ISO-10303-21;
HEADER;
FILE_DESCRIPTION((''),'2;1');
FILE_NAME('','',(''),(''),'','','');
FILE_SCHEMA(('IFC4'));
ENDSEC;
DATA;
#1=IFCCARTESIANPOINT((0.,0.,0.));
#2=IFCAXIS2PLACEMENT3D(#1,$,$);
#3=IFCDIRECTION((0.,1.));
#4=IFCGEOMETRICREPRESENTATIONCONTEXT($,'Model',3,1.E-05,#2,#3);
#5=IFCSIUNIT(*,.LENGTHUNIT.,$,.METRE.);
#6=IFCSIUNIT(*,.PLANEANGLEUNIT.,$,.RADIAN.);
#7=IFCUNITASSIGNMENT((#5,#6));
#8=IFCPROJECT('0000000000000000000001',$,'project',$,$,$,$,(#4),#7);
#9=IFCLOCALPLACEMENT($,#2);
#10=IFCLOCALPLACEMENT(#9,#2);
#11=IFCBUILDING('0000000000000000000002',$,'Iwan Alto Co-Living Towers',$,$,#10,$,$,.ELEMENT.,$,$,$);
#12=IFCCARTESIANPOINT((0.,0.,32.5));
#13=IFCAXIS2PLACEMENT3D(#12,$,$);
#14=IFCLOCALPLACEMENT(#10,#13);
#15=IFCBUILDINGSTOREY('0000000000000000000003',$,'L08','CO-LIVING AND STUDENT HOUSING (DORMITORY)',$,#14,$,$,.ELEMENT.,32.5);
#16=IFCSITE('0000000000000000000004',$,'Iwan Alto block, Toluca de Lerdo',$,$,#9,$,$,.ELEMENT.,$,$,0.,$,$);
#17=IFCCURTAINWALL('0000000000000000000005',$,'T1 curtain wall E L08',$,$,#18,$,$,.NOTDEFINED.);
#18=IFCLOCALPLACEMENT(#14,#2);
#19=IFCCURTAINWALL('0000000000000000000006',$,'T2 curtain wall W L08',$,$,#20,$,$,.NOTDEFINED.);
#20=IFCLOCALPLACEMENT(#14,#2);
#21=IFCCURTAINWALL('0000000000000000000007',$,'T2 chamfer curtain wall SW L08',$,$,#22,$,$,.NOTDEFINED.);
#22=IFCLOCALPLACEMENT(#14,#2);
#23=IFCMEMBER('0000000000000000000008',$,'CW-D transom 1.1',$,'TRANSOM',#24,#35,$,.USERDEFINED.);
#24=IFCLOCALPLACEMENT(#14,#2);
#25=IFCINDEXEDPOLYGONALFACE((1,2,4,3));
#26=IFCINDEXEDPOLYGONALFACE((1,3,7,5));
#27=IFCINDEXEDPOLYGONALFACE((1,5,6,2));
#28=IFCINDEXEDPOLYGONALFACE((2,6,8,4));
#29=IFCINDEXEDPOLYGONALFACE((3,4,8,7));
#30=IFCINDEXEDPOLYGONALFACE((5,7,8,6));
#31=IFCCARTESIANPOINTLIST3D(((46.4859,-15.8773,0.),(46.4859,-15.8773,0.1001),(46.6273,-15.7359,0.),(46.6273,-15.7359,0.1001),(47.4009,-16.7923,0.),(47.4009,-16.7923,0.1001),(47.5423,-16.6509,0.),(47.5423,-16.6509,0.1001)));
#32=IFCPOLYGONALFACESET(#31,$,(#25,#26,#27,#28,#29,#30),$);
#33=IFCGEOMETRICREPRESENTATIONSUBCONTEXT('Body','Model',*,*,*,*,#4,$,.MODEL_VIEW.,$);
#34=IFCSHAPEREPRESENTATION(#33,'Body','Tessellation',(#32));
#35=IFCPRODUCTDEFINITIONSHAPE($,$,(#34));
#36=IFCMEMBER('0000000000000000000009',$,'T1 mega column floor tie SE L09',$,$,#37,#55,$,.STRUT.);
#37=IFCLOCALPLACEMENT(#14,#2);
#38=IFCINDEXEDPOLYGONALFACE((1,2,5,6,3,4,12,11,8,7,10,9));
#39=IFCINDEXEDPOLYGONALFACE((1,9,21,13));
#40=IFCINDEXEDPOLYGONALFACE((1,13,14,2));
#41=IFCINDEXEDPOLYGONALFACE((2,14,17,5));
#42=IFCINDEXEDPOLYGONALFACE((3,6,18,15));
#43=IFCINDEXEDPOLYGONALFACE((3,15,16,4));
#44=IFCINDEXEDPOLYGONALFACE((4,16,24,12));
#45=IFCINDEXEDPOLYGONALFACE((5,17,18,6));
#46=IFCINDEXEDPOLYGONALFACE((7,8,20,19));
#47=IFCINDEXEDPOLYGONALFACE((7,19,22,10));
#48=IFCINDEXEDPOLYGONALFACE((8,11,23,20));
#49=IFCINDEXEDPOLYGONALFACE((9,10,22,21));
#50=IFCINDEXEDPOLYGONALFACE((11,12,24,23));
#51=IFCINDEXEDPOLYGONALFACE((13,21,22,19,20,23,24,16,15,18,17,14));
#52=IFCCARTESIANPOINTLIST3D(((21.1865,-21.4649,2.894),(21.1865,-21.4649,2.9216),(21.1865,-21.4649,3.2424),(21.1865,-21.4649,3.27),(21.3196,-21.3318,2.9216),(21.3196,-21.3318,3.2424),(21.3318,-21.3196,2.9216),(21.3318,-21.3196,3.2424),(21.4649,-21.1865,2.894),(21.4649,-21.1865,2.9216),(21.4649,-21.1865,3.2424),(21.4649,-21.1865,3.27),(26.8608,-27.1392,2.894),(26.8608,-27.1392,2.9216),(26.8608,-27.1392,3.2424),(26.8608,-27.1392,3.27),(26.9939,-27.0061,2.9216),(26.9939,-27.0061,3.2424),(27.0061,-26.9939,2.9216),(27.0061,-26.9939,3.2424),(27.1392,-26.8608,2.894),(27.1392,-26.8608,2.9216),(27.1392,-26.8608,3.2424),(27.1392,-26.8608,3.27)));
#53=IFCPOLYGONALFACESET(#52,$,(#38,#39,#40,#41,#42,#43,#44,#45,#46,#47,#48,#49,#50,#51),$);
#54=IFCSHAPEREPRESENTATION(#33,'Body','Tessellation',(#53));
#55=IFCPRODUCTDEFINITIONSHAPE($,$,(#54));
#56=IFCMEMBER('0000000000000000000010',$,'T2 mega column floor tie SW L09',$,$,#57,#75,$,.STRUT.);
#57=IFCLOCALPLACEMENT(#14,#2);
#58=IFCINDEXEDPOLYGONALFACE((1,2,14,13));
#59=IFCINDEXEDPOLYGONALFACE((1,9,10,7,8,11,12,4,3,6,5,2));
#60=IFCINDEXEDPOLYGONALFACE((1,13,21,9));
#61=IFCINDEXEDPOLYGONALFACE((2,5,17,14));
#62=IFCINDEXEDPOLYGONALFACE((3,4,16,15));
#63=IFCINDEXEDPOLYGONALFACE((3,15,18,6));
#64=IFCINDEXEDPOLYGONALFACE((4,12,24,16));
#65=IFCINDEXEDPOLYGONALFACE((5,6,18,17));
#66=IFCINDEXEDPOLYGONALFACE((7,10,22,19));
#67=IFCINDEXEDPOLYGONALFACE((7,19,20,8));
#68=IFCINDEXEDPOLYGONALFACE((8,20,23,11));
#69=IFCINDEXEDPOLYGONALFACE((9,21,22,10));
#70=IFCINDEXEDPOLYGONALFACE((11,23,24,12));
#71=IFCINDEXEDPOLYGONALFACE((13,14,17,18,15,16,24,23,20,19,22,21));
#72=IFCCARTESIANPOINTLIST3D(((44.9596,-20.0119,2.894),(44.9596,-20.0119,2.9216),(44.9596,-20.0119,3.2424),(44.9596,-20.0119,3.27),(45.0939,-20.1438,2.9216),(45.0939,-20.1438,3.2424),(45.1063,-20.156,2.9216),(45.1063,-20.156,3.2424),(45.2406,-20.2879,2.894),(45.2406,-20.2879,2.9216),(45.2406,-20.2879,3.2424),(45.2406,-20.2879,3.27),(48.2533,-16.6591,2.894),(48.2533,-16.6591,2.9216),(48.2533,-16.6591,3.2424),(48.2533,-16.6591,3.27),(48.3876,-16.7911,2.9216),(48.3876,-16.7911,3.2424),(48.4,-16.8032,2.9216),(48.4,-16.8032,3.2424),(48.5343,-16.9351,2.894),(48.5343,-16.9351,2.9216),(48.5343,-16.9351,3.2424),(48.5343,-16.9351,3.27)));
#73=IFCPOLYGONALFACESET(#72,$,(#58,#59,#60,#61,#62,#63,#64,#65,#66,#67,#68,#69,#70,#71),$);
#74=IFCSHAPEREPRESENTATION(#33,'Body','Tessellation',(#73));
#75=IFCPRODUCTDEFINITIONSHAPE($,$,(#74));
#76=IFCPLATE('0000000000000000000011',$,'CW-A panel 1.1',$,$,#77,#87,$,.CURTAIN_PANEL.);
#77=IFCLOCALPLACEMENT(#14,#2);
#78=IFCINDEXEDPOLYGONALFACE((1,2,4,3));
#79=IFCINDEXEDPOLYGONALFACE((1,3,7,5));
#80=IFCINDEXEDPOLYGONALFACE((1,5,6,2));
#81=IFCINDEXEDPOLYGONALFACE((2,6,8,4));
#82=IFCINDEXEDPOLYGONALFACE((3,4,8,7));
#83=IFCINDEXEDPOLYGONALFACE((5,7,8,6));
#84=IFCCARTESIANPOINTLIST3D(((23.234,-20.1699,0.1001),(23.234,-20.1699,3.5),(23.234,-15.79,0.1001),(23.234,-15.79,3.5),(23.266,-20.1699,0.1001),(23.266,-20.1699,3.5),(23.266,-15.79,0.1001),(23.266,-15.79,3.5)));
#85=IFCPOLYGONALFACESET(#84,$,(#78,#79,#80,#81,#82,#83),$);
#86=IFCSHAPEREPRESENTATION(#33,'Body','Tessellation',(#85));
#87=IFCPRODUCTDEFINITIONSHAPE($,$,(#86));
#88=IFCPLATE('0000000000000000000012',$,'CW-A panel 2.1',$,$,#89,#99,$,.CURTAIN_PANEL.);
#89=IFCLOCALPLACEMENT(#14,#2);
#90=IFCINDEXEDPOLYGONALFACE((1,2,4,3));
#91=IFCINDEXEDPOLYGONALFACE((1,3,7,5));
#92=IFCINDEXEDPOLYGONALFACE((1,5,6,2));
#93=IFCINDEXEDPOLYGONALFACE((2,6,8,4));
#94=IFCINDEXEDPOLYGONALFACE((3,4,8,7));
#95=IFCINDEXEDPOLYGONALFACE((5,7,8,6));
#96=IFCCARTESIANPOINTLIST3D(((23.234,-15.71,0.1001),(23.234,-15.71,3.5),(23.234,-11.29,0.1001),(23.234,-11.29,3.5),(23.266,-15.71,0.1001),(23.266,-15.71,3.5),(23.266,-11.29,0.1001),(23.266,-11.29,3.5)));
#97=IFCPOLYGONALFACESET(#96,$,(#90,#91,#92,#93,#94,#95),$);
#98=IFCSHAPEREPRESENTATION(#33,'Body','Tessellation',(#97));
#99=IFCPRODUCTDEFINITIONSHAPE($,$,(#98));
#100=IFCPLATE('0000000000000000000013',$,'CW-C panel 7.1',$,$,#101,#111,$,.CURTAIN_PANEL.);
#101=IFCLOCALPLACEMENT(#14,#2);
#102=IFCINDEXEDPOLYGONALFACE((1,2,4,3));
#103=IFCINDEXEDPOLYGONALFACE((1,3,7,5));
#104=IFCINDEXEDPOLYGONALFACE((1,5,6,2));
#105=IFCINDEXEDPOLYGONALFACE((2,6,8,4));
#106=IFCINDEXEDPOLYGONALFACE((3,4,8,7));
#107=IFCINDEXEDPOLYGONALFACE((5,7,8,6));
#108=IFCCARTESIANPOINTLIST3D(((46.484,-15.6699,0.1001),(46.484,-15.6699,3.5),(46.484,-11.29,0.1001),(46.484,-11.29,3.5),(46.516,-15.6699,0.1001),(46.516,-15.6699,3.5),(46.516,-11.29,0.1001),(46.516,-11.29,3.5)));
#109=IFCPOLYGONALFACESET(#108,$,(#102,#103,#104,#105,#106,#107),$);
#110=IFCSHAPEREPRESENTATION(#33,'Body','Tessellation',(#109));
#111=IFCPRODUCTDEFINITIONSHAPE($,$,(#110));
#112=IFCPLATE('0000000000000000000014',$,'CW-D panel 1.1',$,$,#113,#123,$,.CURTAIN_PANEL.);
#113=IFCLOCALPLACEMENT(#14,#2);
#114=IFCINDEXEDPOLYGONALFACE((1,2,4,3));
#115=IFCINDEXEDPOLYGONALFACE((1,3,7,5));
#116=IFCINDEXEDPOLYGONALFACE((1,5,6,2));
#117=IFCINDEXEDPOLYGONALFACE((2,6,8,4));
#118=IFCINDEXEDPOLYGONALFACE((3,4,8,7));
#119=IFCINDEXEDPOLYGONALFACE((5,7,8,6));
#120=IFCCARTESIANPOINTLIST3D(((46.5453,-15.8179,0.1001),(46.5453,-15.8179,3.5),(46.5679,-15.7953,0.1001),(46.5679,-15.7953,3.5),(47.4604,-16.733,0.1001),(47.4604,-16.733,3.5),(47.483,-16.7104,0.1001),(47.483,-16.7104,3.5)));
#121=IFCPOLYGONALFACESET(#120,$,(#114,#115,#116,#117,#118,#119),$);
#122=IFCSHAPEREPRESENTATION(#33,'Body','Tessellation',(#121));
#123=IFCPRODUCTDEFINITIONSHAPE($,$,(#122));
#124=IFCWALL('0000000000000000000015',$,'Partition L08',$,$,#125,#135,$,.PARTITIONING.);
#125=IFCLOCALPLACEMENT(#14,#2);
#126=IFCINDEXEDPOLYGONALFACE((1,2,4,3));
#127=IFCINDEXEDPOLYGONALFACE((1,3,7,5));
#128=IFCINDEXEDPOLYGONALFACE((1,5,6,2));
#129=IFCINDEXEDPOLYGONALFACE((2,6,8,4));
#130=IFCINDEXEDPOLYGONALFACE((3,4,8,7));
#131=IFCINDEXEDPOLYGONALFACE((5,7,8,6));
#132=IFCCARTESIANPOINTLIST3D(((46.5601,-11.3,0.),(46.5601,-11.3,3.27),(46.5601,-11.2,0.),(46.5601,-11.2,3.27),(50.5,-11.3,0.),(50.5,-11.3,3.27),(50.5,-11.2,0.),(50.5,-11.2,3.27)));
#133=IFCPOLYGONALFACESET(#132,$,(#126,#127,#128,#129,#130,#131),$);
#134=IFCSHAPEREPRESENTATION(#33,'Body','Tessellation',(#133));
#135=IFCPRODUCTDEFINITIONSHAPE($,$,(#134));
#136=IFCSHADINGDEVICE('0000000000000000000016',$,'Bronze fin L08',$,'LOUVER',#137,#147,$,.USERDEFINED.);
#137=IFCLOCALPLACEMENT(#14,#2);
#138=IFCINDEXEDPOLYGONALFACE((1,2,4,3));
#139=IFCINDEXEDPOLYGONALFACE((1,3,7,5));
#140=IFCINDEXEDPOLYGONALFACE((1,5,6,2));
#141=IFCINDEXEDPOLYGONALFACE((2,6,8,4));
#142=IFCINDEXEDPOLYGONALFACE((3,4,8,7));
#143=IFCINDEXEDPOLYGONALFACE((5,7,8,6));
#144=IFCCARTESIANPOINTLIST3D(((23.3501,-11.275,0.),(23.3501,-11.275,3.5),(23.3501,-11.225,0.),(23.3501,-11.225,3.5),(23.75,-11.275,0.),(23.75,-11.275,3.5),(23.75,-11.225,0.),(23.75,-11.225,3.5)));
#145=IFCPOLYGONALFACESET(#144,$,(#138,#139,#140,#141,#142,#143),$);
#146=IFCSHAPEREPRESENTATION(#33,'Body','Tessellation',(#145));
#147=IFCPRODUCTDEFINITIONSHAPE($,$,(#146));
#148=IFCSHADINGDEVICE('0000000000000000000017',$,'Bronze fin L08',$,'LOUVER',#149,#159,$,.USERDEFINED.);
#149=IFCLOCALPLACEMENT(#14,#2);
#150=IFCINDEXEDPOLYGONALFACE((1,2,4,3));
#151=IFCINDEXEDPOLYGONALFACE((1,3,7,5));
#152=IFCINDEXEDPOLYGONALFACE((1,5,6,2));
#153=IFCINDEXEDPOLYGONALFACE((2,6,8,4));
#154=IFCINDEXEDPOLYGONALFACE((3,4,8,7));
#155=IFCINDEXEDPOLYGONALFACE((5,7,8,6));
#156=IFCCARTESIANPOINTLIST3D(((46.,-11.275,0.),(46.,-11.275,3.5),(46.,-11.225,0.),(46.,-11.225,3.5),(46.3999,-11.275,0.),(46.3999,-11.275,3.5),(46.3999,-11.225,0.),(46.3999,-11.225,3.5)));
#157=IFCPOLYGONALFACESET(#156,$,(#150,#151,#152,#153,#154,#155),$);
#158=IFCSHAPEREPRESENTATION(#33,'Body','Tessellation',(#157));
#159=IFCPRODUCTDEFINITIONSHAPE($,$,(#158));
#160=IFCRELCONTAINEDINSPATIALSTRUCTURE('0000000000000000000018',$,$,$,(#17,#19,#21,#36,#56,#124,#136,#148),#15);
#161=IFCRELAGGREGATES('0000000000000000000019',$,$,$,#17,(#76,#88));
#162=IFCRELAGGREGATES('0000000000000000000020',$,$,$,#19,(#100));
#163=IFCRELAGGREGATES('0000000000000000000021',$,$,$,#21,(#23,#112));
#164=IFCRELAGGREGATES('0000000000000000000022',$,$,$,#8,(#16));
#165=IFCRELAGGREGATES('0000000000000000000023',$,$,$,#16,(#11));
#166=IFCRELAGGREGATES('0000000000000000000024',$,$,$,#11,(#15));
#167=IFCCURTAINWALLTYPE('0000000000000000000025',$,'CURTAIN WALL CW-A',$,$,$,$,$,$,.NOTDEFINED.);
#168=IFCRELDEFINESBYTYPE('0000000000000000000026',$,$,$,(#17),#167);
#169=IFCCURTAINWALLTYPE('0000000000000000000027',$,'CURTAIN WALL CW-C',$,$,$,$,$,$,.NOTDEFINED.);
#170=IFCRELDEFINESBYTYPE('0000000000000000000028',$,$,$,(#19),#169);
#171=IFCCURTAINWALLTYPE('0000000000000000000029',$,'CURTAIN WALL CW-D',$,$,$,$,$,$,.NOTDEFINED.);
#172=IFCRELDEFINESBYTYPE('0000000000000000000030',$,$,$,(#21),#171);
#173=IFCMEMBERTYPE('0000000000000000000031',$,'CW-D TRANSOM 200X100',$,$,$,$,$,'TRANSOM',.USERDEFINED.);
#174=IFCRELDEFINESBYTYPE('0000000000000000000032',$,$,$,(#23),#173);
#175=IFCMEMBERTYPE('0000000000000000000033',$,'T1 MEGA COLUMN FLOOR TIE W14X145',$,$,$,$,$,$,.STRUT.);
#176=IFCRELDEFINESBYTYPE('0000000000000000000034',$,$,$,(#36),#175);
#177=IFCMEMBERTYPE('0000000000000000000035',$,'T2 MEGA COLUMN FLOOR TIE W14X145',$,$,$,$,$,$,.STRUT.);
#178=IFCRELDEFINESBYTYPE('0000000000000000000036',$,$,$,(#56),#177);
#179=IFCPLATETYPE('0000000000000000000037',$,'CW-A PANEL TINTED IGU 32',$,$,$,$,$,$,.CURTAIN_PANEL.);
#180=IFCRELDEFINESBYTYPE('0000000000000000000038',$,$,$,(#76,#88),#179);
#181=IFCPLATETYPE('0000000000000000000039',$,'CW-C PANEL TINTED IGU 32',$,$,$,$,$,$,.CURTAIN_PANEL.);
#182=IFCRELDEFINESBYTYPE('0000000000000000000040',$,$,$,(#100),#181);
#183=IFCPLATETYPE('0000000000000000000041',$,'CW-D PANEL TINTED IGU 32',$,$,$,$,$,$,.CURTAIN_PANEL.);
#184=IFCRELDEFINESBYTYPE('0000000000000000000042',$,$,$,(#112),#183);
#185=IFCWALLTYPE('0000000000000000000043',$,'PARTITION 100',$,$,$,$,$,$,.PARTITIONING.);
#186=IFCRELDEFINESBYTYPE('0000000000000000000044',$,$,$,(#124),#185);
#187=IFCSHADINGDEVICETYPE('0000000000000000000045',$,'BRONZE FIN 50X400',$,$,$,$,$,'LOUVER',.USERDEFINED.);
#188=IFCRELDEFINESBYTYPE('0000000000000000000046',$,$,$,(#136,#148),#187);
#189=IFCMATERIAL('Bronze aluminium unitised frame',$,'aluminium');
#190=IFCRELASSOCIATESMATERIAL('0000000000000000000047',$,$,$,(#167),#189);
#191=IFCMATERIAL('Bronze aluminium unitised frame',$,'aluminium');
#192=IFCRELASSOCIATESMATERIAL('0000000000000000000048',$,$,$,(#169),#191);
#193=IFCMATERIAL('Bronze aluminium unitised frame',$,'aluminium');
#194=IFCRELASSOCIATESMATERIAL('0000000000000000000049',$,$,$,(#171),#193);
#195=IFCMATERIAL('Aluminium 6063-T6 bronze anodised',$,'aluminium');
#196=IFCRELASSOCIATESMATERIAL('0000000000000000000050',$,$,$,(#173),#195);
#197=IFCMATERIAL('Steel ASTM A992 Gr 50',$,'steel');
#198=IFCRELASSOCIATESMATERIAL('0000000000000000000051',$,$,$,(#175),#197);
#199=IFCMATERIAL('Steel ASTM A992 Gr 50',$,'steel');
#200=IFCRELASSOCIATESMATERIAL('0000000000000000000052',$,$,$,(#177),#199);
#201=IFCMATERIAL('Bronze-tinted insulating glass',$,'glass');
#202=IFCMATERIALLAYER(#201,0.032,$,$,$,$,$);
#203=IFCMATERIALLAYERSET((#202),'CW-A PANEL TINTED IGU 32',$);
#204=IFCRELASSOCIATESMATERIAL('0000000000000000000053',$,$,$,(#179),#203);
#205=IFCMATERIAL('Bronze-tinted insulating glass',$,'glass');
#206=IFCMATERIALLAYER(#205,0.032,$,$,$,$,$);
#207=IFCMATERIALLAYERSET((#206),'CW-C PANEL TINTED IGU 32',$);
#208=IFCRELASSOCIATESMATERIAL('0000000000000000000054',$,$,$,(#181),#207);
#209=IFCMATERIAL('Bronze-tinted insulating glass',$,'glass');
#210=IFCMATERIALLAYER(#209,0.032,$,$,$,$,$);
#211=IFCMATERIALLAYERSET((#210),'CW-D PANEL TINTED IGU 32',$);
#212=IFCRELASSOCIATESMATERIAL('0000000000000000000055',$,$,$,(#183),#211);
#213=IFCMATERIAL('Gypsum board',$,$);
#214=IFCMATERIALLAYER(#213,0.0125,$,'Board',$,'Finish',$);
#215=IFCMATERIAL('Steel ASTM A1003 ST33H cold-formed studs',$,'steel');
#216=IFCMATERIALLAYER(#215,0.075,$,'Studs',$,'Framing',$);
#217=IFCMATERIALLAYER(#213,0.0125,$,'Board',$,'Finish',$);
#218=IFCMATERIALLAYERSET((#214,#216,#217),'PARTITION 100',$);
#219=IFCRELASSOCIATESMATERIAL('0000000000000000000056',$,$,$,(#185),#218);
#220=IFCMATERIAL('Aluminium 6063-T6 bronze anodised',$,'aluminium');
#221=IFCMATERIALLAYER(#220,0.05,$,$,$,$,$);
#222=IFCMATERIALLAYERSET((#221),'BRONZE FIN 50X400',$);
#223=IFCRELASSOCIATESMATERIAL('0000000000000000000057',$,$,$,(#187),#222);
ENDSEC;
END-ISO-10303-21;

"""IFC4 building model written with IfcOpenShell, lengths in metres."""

from ifc_helpers import new_model, si_unit, direction, frame, frame_2d, origin, origin_2d, place, context, subcontext, project, spatial, rectangle, i_section, extrude, material, layer, layer_set, material_profile, profile_set, type_object, element, aggregate, save


model = new_model("IFC4")

# Units and contexts
model_context = context("Model", 3, precision=1e-05, world=origin(), true_north=direction((0.0, 1.0)))
body_context = subcontext(model_context, "Body", "Model", "MODEL_VIEW")
ifc_project = project(units=[si_unit("LENGTHUNIT", "METRE"), si_unit("PLANEANGLEUNIT", "RADIAN")], contexts=[model_context])

# Site, building, storey
site_placement = place(None, origin())
site = spatial("IfcSite", under=ifc_project, at=site_placement, Name="Iwan Alto block, Toluca de Lerdo", CompositionType="ELEMENT", RefElevation=0.0)
building_placement = place(site_placement, origin())
building = spatial("IfcBuilding", under=site, at=building_placement, Name="Iwan Alto Co-Living Towers", CompositionType="ELEMENT")
storey_placement = place(building_placement, frame((0.0, 0.0, 32.5)))
storey = spatial("IfcBuildingStorey", under=building, at=storey_placement, Name="L08", Description="CO-LIVING AND STUDENT HOUSING (DORMITORY)", CompositionType="ELEMENT", Elevation=32.5)

# Curtain walls, member
ifc_material_1 = material(Name="Bronze aluminium unitised frame", Category="aluminium")
curtain_wall_type_1 = type_object("IfcCurtainWallType", Name="CURTAIN WALL CW-A", PredefinedType="NOTDEFINED", material=ifc_material_1)
curtain_wall_1_placement = place(storey_placement, origin())
curtain_wall_1 = element("IfcCurtainWall", 1, at=curtain_wall_1_placement, inside=storey, type_object=curtain_wall_type_1, Name="T1 curtain wall E L08", PredefinedType="NOTDEFINED")
ifc_material_2 = material(Name="Bronze aluminium unitised frame", Category="aluminium")
curtain_wall_type_2 = type_object("IfcCurtainWallType", Name="CURTAIN WALL CW-C", PredefinedType="NOTDEFINED", material=ifc_material_2)
curtain_wall_2_placement = place(storey_placement, origin())
curtain_wall_2 = element("IfcCurtainWall", 2, at=curtain_wall_2_placement, inside=storey, type_object=curtain_wall_type_2, Name="T2 curtain wall W L08", PredefinedType="NOTDEFINED")
ifc_material_3 = material(Name="Bronze aluminium unitised frame", Category="aluminium")
curtain_wall_type_3 = type_object("IfcCurtainWallType", Name="CURTAIN WALL CW-D", PredefinedType="NOTDEFINED", material=ifc_material_3)
curtain_wall_3_placement = place(storey_placement, origin())
curtain_wall_3 = element("IfcCurtainWall", 3, at=curtain_wall_3_placement, inside=storey, type_object=curtain_wall_type_3, Name="T2 chamfer curtain wall SW L08", PredefinedType="NOTDEFINED")
ifc_material_4 = material(Name="Aluminium 6063-T6 bronze anodised", Category="aluminium")
ifc_material_profile_1 = material_profile(ifc_material_4, rectangle(XDim=0.2, YDim=0.1001, at=origin_2d()), Name="AL 200X100")
ifc_profile_set_1 = profile_set([ifc_material_profile_1], Name="Aluminium 6063-T6 bronze anodised")
member_type_1 = type_object("IfcMemberType", Name="CW-D TRANSOM 200X100", ElementType="TRANSOM", PredefinedType="USERDEFINED", material=ifc_profile_set_1)
member_1_placement = place(storey_placement, frame((46.5566, -15.8066, 0.05), z_axis=(0.707107, -0.707107, 0.0), x_axis=(0.707107, 0.707107, 0.0)))
member_1 = element("IfcMember", 4, at=member_1_placement, type_object=member_type_1, Name="CW-D transom 1.1", ObjectType="TRANSOM", PredefinedType="USERDEFINED", context=body_context, shape_type="SweptSolid", body=[
    extrude(rectangle(XDim=0.2, YDim=0.1001, at=origin_2d()), origin(), (0.0, 0.0, 1.0), 1.2939),
])

# Members
ifc_material_5 = material(Name="Steel ASTM A992 Gr 50", Category="steel")
ifc_material_profile_2 = material_profile(ifc_material_5, i_section(OverallWidth=0.3938, OverallDepth=0.376, WebThickness=0.0173, FlangeThickness=0.0276, at=origin_2d()), Name="W14X145")
ifc_profile_set_2 = profile_set([ifc_material_profile_2], Name="Steel ASTM A992 Gr 50")
member_type_2 = type_object("IfcMemberType", Name="T1 MEGA COLUMN FLOOR TIE W14X145", PredefinedType="STRUT", material=ifc_profile_set_2)
member_2_placement = place(storey_placement, frame((27.0, -27.0, 3.082), z_axis=(-0.707107, 0.707107, 0.0), x_axis=(-0.707107, -0.707107, 0.0)))
element("IfcMember", 5, at=member_2_placement, inside=storey, type_object=member_type_2, Name="T1 mega column floor tie SE L09", PredefinedType="STRUT", context=body_context, shape_type="SweptSolid", body=[
    extrude(i_section(OverallWidth=0.3938, OverallDepth=0.376, WebThickness=0.0173, FlangeThickness=0.0276, at=origin_2d()), origin(), (0.0, 0.0, 1.0), 8.0247),
])
ifc_material_6 = material(Name="Steel ASTM A992 Gr 50", Category="steel")
ifc_material_profile_3 = material_profile(ifc_material_6, i_section(OverallWidth=0.3938, OverallDepth=0.376, WebThickness=0.0173, FlangeThickness=0.0276, at=origin_2d()), Name="W14X145")
ifc_profile_set_3 = profile_set([ifc_material_profile_3], Name="Steel ASTM A992 Gr 50")
member_type_3 = type_object("IfcMemberType", Name="T2 MEGA COLUMN FLOOR TIE W14X145", PredefinedType="STRUT", material=ifc_profile_set_3)
member_3_placement = place(storey_placement, frame((45.1001, -20.1499, 3.082), z_axis=(0.700793, 0.713364, 0.0), x_axis=(-0.713364, 0.700793, 0.0)))
element("IfcMember", 6, at=member_3_placement, inside=storey, type_object=member_type_3, Name="T2 mega column floor tie SW L09", PredefinedType="STRUT", context=body_context, shape_type="SweptSolid", body=[
    extrude(i_section(OverallWidth=0.3938, OverallDepth=0.376, WebThickness=0.0173, FlangeThickness=0.0276, at=origin_2d()), origin(), (0.0, 0.0, 1.0), 4.7),
])

# Plates
ifc_material_7 = material(Name="Bronze-tinted insulating glass", Category="glass")
ifc_layer_1 = layer(ifc_material_7, 0.032)
ifc_layer_set_1 = layer_set([ifc_layer_1], Name="CW-A PANEL TINTED IGU 32")
plate_type_1 = type_object("IfcPlateType", Name="CW-A PANEL TINTED IGU 32", PredefinedType="CURTAIN_PANEL", material=ifc_layer_set_1)
plate_1_placement = place(storey_placement, frame((23.25, -17.98, 0.1001), z_axis=(0.0, 0.0, 1.0), x_axis=(0.0, 1.0, 0.0)))
plate_1 = element("IfcPlate", 7, at=plate_1_placement, type_object=plate_type_1, Name="CW-A panel 1.1", PredefinedType="CURTAIN_PANEL", context=body_context, shape_type="SweptSolid", body=[
    extrude(rectangle(XDim=4.3799, YDim=0.032, at=origin_2d()), origin(), (0.0, 0.0, 1.0), 3.3999),
])
plate_2_placement = place(storey_placement, frame((23.25, -13.5, 0.1001), z_axis=(0.0, 0.0, 1.0), x_axis=(0.0, 1.0, 0.0)))
plate_2 = element("IfcPlate", 8, at=plate_2_placement, type_object=plate_type_1, Name="CW-A panel 2.1", PredefinedType="CURTAIN_PANEL", context=body_context, shape_type="SweptSolid", body=[
    extrude(rectangle(XDim=4.4199, YDim=0.032, at=origin_2d()), origin(), (0.0, 0.0, 1.0), 3.3999),
])
aggregate(curtain_wall_1, [plate_1, plate_2])
ifc_material_8 = material(Name="Bronze-tinted insulating glass", Category="glass")
ifc_layer_2 = layer(ifc_material_8, 0.032)
ifc_layer_set_2 = layer_set([ifc_layer_2], Name="CW-C PANEL TINTED IGU 32")
plate_type_2 = type_object("IfcPlateType", Name="CW-C PANEL TINTED IGU 32", PredefinedType="CURTAIN_PANEL", material=ifc_layer_set_2)
plate_3_placement = place(storey_placement, frame((46.5, -13.48, 0.1001), z_axis=(0.0, 0.0, 1.0), x_axis=(0.0, -1.0, 0.0)))
plate_3 = element("IfcPlate", 9, at=plate_3_placement, type_object=plate_type_2, Name="CW-C panel 7.1", PredefinedType="CURTAIN_PANEL", context=body_context, shape_type="SweptSolid", body=[
    extrude(rectangle(XDim=4.3799, YDim=0.032, at=origin_2d()), origin(), (0.0, 0.0, 1.0), 3.3999),
])
aggregate(curtain_wall_2, [plate_3])
ifc_material_9 = material(Name="Bronze-tinted insulating glass", Category="glass")
ifc_layer_3 = layer(ifc_material_9, 0.032)
ifc_layer_set_3 = layer_set([ifc_layer_3], Name="CW-D PANEL TINTED IGU 32")
plate_type_3 = type_object("IfcPlateType", Name="CW-D PANEL TINTED IGU 32", PredefinedType="CURTAIN_PANEL", material=ifc_layer_set_3)
plate_4_placement = place(storey_placement, frame((47.0142, -16.2642, 0.1001), z_axis=(0.0, 0.0, 1.0), x_axis=(0.707107, -0.707107, 0.0)))
plate_4 = element("IfcPlate", 10, at=plate_4_placement, type_object=plate_type_3, Name="CW-D panel 1.1", PredefinedType="CURTAIN_PANEL", context=body_context, shape_type="SweptSolid", body=[
    extrude(rectangle(XDim=1.2942, YDim=0.032, at=origin_2d()), origin(), (0.0, 0.0, 1.0), 3.3999),
])
aggregate(curtain_wall_3, [member_1, plate_4])

# Wall
ifc_material_10 = material(Name="Gypsum board")
ifc_layer_4 = layer(ifc_material_10, 0.0125, Name="Board", Category="Finish")
ifc_material_11 = material(Name="Steel ASTM A1003 ST33H cold-formed studs", Category="steel")
ifc_layer_5 = layer(ifc_material_11, 0.075, Name="Studs", Category="Framing")
ifc_layer_6 = layer(ifc_material_10, 0.0125, Name="Board", Category="Finish")
ifc_layer_set_4 = layer_set([ifc_layer_4, ifc_layer_5, ifc_layer_6], Name="PARTITION 100")
wall_type = type_object("IfcWallType", Name="PARTITION 100", PredefinedType="PARTITIONING", material=ifc_layer_set_4)
wall_placement = place(storey_placement, frame((46.5601, -11.25, 0.0), z_axis=(0.0, 0.0, 1.0), x_axis=(1.0, 0.0, 0.0)))
element("IfcWall", 11, at=wall_placement, inside=storey, type_object=wall_type, Name="Partition L08", PredefinedType="PARTITIONING", context=body_context, shape_type="SweptSolid", body=[
    extrude(rectangle(XDim=3.9399, YDim=0.1001, at=frame_2d((1.97, 0.0))), origin(), (0.0, 0.0, 1.0), 3.27),
])

# Shading devices
ifc_material_12 = material(Name="Aluminium 6063-T6 bronze anodised", Category="aluminium")
ifc_layer_7 = layer(ifc_material_12, 0.05)
ifc_layer_set_5 = layer_set([ifc_layer_7], Name="BRONZE FIN 50X400")
shading_device_type = type_object("IfcShadingDeviceType", Name="BRONZE FIN 50X400", ElementType="LOUVER", PredefinedType="USERDEFINED", material=ifc_layer_set_5)
for number, where, z_axis, x_axis, name in (
    (12, (23.55, -11.25, 0.0), (0.0, 0.0, 1.0), (0.0, 1.0, 0.0), "Bronze fin L08"),
    (13, (46.2, -11.25, 0.0), (0.0, 0.0, 1.0), (0.0, -1.0, 0.0), "Bronze fin L08"),
):
    element("IfcShadingDevice", number, at=place(storey_placement, frame(where, z_axis=z_axis, x_axis=x_axis)), inside=storey, type_object=shading_device_type, Name=name, ObjectType="LOUVER", PredefinedType="USERDEFINED", context=body_context, shape_type="SweptSolid", body=[
        extrude(rectangle(XDim=0.05, YDim=0.3999, at=origin_2d()), origin(), (0.0, 0.0, 1.0), 3.5),
    ])

save(model, "model.ifc")
